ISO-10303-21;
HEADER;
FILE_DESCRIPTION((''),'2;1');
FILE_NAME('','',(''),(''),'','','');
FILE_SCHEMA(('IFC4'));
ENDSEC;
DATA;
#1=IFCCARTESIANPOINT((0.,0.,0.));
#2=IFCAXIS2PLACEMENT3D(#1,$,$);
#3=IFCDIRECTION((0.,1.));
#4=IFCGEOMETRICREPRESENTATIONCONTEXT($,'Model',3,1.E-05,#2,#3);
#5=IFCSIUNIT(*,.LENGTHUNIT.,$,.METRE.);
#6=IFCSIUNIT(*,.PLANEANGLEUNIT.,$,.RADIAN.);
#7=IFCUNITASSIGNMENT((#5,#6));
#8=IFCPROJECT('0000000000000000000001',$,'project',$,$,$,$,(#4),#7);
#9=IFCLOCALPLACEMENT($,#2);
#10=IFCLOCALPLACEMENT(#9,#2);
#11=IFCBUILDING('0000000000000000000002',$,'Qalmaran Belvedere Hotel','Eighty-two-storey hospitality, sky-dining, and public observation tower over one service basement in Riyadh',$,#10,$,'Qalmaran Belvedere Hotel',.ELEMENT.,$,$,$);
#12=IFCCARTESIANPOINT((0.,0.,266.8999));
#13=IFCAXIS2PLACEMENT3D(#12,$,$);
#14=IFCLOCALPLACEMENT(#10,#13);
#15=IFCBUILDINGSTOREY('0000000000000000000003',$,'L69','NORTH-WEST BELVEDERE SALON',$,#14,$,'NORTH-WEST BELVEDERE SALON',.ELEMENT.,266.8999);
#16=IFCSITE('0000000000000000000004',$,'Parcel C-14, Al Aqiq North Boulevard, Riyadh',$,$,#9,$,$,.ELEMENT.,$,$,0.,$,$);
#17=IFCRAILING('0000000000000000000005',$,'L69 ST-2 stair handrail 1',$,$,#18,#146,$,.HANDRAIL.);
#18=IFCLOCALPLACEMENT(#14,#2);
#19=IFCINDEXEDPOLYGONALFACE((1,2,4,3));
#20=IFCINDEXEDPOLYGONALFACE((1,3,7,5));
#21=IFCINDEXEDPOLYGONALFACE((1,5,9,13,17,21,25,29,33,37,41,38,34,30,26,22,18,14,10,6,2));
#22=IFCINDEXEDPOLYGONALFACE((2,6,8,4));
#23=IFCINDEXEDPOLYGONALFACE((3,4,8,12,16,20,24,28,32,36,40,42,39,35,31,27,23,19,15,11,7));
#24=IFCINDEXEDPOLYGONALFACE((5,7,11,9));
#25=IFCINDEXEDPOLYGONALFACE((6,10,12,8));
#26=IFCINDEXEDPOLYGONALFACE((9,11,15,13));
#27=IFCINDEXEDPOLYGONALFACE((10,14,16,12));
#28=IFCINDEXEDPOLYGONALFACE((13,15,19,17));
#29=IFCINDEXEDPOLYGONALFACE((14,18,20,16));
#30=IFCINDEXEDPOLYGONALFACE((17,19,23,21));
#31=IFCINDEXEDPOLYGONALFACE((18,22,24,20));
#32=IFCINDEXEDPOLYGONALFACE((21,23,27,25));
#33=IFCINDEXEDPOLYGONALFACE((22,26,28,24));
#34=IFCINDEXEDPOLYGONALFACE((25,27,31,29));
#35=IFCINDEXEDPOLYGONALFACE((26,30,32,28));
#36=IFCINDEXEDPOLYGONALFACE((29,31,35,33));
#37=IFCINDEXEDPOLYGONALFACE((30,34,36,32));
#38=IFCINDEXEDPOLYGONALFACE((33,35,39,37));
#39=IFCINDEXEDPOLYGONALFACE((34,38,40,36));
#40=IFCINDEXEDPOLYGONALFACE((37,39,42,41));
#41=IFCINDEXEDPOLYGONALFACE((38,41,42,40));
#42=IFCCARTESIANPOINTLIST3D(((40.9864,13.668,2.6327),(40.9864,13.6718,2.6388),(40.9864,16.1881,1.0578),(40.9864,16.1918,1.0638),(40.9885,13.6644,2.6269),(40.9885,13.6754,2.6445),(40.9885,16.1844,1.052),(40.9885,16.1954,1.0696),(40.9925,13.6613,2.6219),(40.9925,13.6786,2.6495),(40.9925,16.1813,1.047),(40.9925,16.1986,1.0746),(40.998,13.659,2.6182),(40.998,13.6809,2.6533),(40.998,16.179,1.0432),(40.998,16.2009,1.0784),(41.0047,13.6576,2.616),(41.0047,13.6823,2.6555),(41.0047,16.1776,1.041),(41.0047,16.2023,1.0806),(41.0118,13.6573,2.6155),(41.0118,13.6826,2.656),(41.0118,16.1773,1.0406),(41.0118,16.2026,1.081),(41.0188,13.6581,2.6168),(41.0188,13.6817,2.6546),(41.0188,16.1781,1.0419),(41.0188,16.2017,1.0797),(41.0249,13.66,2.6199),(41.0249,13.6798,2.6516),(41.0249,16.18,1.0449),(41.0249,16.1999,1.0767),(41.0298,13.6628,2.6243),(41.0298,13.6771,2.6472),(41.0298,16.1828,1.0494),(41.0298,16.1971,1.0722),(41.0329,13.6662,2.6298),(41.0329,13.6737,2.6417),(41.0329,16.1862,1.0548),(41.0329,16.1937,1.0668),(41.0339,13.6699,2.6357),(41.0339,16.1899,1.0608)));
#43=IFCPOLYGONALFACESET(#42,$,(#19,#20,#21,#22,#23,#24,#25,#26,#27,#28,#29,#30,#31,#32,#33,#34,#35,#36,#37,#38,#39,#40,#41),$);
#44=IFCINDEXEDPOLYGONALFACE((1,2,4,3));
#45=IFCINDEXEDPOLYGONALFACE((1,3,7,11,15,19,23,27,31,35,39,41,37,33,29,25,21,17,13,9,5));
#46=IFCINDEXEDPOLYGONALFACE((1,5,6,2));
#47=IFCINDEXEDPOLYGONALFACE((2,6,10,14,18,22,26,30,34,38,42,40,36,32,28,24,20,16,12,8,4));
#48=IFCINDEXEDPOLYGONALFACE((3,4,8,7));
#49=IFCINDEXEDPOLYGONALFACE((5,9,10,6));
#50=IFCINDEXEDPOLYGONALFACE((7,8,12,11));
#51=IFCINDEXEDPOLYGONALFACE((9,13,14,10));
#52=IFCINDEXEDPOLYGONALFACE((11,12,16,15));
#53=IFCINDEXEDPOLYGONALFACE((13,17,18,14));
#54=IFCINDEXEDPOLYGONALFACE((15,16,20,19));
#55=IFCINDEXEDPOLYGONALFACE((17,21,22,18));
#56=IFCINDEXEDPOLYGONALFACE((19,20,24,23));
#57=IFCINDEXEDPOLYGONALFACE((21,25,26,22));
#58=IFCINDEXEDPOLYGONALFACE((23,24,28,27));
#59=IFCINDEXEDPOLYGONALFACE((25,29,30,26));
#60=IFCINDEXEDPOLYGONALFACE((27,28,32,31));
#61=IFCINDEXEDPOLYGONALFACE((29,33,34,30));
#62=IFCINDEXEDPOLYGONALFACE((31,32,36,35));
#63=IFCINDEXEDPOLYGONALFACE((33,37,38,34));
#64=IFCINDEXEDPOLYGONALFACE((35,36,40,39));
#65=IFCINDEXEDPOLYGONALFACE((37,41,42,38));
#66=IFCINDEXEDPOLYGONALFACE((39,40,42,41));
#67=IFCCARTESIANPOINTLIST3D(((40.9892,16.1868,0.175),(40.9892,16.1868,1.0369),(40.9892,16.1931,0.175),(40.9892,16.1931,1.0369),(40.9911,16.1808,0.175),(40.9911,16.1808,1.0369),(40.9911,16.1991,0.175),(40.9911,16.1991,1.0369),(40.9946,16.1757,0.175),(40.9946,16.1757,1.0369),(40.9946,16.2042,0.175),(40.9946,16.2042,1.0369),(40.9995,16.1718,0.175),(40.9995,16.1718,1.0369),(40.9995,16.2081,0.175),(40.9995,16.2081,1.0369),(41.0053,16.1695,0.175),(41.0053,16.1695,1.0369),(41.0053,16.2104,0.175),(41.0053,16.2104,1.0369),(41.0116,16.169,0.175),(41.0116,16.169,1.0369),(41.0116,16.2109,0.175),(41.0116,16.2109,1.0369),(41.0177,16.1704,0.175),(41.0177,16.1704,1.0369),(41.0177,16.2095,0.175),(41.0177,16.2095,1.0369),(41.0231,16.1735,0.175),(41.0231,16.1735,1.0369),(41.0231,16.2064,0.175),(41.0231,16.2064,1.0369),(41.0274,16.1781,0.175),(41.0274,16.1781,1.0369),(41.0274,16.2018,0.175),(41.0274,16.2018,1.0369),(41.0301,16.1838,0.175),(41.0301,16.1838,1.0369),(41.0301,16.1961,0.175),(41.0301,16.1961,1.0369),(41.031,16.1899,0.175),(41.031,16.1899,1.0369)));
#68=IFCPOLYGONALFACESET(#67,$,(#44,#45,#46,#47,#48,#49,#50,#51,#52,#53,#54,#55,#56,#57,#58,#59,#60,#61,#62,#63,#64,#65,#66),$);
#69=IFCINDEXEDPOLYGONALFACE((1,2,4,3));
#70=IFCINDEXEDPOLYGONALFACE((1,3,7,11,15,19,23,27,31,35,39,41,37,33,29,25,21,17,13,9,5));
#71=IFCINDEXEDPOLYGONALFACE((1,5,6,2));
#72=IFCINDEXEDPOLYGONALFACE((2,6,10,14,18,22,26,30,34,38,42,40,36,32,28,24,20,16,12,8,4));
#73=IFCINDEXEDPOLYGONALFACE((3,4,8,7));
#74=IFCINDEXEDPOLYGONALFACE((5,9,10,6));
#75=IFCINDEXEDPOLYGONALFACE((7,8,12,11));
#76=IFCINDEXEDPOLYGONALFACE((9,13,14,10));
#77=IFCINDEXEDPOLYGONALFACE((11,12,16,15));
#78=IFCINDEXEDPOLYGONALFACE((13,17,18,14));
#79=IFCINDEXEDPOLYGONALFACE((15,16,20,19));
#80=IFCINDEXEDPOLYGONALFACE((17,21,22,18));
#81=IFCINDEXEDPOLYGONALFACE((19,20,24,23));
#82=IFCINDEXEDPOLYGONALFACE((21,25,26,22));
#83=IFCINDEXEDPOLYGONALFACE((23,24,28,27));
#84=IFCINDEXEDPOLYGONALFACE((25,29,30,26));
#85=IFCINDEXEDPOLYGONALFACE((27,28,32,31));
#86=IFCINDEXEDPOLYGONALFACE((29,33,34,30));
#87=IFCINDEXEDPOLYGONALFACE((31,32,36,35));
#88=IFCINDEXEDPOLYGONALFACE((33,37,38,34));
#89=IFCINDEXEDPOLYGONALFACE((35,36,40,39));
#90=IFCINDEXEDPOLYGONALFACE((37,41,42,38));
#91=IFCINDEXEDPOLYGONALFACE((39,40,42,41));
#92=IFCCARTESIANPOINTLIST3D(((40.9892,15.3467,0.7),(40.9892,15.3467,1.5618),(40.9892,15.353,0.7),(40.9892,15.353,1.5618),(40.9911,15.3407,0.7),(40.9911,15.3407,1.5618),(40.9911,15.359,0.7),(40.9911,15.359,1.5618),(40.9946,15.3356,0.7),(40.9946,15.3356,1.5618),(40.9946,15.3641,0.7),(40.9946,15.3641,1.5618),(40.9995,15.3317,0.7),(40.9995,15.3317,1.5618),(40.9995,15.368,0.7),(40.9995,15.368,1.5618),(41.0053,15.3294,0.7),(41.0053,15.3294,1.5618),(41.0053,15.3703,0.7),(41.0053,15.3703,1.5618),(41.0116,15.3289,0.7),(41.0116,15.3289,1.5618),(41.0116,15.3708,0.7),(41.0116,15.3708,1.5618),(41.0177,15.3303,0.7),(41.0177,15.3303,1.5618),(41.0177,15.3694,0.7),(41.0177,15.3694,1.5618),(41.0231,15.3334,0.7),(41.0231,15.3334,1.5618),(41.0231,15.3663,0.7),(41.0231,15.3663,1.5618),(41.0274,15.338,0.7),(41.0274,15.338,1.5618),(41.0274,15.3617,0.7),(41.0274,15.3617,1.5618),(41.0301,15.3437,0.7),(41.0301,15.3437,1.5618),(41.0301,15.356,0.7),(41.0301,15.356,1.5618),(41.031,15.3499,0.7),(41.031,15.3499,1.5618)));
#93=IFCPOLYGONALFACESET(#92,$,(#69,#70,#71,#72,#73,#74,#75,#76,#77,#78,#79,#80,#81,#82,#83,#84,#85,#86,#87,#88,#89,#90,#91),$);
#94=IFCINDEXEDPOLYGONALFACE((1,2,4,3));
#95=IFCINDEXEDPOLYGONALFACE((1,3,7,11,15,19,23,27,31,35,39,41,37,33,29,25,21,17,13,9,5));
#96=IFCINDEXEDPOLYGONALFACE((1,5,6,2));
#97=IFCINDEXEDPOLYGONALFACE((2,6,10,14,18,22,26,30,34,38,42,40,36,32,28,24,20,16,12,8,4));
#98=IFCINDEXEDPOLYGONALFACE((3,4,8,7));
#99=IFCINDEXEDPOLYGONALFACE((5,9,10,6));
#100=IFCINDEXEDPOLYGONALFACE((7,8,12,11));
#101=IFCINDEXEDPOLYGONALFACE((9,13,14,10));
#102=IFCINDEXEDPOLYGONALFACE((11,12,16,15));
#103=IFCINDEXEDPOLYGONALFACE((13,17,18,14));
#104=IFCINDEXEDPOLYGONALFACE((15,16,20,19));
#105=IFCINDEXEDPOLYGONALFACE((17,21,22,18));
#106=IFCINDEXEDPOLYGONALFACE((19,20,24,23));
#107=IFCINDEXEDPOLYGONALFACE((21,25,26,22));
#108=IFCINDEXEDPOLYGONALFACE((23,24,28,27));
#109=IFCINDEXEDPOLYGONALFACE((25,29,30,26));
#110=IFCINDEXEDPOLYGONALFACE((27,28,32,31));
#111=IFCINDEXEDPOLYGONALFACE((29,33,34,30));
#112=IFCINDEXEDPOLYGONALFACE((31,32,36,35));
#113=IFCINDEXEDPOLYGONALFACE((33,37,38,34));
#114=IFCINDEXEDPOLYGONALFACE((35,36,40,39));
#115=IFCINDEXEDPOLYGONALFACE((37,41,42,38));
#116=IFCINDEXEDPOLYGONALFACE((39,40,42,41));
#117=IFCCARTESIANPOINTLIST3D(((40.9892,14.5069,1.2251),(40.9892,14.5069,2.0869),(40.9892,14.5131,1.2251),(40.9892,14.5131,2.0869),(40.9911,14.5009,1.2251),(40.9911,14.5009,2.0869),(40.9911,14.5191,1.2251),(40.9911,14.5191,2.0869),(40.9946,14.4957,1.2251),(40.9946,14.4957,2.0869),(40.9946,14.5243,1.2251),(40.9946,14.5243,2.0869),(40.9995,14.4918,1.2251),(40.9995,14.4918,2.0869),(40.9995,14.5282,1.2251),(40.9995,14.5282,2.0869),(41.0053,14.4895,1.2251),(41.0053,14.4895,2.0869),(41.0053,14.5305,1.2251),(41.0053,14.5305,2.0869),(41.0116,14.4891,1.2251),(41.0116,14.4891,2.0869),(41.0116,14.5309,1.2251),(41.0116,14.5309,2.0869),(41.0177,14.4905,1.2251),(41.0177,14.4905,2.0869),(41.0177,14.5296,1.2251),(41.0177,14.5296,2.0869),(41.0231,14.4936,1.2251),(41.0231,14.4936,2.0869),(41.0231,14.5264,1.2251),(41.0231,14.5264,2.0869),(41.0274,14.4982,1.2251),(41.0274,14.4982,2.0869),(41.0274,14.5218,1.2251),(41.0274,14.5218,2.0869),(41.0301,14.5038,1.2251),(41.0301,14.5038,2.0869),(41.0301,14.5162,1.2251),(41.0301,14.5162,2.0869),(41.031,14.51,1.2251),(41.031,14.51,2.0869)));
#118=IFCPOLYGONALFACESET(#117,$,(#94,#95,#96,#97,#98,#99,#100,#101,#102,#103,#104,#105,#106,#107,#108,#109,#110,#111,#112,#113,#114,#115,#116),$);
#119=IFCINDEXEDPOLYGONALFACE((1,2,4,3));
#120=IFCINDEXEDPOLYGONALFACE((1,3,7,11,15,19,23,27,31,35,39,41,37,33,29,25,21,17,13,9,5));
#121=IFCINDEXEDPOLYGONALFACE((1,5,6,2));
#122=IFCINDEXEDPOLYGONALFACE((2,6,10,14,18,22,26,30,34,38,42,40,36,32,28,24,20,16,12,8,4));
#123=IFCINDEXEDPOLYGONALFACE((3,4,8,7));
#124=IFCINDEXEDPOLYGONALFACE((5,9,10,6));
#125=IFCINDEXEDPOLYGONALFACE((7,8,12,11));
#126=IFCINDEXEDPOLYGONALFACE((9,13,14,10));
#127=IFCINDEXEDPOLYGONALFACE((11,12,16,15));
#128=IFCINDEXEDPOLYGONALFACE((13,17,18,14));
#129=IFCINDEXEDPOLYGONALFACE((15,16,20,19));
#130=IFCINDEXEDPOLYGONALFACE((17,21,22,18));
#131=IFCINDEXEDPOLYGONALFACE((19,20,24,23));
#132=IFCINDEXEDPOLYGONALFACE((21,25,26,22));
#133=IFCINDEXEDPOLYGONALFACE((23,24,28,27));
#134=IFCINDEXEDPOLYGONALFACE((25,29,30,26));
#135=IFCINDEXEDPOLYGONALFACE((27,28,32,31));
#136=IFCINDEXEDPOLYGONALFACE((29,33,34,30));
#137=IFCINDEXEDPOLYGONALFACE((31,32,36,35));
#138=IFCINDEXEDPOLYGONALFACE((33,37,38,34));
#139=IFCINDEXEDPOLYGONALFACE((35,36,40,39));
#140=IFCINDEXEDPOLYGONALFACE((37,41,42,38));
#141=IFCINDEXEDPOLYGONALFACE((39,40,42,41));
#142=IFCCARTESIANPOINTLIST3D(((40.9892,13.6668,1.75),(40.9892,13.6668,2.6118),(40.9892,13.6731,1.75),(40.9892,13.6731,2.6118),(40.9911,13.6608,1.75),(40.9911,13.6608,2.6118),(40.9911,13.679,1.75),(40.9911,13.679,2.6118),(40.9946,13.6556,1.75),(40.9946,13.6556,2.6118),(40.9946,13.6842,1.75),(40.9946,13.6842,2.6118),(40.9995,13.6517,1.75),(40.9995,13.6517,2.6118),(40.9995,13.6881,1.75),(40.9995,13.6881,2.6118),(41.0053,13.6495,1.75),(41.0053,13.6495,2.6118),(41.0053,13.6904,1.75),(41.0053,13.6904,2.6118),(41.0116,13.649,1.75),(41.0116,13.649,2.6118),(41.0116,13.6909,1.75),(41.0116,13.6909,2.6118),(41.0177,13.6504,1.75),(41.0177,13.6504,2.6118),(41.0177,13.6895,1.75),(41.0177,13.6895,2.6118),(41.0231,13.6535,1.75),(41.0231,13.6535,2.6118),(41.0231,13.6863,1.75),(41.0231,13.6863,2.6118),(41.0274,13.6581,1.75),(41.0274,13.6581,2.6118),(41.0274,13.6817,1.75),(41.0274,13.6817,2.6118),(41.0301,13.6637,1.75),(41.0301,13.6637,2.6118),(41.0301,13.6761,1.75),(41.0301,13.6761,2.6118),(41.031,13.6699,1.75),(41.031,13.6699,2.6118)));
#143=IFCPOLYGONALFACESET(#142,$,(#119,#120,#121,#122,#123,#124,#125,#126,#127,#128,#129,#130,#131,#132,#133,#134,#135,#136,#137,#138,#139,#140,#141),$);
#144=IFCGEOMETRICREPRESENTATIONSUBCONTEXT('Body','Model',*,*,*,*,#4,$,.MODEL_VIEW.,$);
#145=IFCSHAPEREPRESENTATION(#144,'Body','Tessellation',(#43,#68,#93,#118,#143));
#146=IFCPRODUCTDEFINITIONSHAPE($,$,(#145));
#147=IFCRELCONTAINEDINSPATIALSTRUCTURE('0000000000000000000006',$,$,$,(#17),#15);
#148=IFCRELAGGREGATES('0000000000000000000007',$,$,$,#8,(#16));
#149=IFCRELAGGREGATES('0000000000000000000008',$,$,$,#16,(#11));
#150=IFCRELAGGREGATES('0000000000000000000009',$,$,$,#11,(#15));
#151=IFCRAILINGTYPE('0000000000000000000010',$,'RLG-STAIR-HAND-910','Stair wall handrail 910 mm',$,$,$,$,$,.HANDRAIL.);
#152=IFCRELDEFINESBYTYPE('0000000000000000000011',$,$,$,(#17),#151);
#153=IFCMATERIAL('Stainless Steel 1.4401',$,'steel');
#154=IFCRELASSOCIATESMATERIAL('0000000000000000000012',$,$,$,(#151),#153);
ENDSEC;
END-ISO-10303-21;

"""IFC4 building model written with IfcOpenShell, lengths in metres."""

from ifc_helpers import new_model, si_unit, direction, frame, origin, origin_2d, place, context, subcontext, project, spatial, circle, extrude, material, type_object, element, save


model = new_model("IFC4")

# Units and contexts
model_context = context("Model", 3, precision=1e-05, world=origin(), true_north=direction((0.0, 1.0)))
body_context = subcontext(model_context, "Body", "Model", "MODEL_VIEW")
ifc_project = project(units=[si_unit("LENGTHUNIT", "METRE"), si_unit("PLANEANGLEUNIT", "RADIAN")], contexts=[model_context])

# Site, building, storey
site_placement = place(None, origin())
site = spatial("IfcSite", under=ifc_project, at=site_placement, Name="Parcel C-14, Al Aqiq North Boulevard, Riyadh", CompositionType="ELEMENT", RefElevation=0.0)
building_placement = place(site_placement, origin())
building = spatial("IfcBuilding", under=site, at=building_placement, Name="Qalmaran Belvedere Hotel", Description="Eighty-two-storey hospitality, sky-dining, and public observation tower over one service basement in Riyadh", LongName="Qalmaran Belvedere Hotel", CompositionType="ELEMENT")
storey_placement = place(building_placement, frame((0.0, 0.0, 266.8999)))
storey = spatial("IfcBuildingStorey", under=building, at=storey_placement, Name="L69", Description="NORTH-WEST BELVEDERE SALON", LongName="NORTH-WEST BELVEDERE SALON", CompositionType="ELEMENT", Elevation=266.8999)

# Railing
ifc_material_1 = material(Name="Stainless Steel 1.4401", Category="steel")
railing_type_1 = type_object("IfcRailingType", Name="RLG-STAIR-HAND-910", Description="Stair wall handrail 910 mm", PredefinedType="HANDRAIL", material=ifc_material_1)
railing_1_placement = place(storey_placement, frame((41.01, 16.1899, 0.175)))
element("IfcRailing", 1, at=railing_1_placement, inside=storey, type_object=railing_type_1, Name="L69 ST-2 stair handrail 1", PredefinedType="HANDRAIL", context=body_context, shape_type="SweptSolid", body=[
    extrude(circle(Radius=0.0239, at=origin_2d()), frame((0.0, 0.0, 0.8857), z_axis=(0.0, -0.848008, 0.529984), x_axis=(1.0, 0.0, 0.0)), (0.0, 0.0, 1.0), 2.9717),
    extrude(circle(Radius=0.021, at=origin_2d()), origin(), (0.0, 0.0, 1.0), 0.8618),
    extrude(circle(Radius=0.021, at=origin_2d()), frame((0.0, -0.8401, 0.5249)), (0.0, 0.0, 1.0), 0.8618),
    extrude(circle(Radius=0.021, at=origin_2d()), frame((0.0, -1.6799, 1.05)), (0.0, 0.0, 1.0), 0.8618),
    extrude(circle(Radius=0.021, at=origin_2d()), frame((0.0, -2.52, 1.575)), (0.0, 0.0, 1.0), 0.8618),
])

save(model, "model.ifc")
